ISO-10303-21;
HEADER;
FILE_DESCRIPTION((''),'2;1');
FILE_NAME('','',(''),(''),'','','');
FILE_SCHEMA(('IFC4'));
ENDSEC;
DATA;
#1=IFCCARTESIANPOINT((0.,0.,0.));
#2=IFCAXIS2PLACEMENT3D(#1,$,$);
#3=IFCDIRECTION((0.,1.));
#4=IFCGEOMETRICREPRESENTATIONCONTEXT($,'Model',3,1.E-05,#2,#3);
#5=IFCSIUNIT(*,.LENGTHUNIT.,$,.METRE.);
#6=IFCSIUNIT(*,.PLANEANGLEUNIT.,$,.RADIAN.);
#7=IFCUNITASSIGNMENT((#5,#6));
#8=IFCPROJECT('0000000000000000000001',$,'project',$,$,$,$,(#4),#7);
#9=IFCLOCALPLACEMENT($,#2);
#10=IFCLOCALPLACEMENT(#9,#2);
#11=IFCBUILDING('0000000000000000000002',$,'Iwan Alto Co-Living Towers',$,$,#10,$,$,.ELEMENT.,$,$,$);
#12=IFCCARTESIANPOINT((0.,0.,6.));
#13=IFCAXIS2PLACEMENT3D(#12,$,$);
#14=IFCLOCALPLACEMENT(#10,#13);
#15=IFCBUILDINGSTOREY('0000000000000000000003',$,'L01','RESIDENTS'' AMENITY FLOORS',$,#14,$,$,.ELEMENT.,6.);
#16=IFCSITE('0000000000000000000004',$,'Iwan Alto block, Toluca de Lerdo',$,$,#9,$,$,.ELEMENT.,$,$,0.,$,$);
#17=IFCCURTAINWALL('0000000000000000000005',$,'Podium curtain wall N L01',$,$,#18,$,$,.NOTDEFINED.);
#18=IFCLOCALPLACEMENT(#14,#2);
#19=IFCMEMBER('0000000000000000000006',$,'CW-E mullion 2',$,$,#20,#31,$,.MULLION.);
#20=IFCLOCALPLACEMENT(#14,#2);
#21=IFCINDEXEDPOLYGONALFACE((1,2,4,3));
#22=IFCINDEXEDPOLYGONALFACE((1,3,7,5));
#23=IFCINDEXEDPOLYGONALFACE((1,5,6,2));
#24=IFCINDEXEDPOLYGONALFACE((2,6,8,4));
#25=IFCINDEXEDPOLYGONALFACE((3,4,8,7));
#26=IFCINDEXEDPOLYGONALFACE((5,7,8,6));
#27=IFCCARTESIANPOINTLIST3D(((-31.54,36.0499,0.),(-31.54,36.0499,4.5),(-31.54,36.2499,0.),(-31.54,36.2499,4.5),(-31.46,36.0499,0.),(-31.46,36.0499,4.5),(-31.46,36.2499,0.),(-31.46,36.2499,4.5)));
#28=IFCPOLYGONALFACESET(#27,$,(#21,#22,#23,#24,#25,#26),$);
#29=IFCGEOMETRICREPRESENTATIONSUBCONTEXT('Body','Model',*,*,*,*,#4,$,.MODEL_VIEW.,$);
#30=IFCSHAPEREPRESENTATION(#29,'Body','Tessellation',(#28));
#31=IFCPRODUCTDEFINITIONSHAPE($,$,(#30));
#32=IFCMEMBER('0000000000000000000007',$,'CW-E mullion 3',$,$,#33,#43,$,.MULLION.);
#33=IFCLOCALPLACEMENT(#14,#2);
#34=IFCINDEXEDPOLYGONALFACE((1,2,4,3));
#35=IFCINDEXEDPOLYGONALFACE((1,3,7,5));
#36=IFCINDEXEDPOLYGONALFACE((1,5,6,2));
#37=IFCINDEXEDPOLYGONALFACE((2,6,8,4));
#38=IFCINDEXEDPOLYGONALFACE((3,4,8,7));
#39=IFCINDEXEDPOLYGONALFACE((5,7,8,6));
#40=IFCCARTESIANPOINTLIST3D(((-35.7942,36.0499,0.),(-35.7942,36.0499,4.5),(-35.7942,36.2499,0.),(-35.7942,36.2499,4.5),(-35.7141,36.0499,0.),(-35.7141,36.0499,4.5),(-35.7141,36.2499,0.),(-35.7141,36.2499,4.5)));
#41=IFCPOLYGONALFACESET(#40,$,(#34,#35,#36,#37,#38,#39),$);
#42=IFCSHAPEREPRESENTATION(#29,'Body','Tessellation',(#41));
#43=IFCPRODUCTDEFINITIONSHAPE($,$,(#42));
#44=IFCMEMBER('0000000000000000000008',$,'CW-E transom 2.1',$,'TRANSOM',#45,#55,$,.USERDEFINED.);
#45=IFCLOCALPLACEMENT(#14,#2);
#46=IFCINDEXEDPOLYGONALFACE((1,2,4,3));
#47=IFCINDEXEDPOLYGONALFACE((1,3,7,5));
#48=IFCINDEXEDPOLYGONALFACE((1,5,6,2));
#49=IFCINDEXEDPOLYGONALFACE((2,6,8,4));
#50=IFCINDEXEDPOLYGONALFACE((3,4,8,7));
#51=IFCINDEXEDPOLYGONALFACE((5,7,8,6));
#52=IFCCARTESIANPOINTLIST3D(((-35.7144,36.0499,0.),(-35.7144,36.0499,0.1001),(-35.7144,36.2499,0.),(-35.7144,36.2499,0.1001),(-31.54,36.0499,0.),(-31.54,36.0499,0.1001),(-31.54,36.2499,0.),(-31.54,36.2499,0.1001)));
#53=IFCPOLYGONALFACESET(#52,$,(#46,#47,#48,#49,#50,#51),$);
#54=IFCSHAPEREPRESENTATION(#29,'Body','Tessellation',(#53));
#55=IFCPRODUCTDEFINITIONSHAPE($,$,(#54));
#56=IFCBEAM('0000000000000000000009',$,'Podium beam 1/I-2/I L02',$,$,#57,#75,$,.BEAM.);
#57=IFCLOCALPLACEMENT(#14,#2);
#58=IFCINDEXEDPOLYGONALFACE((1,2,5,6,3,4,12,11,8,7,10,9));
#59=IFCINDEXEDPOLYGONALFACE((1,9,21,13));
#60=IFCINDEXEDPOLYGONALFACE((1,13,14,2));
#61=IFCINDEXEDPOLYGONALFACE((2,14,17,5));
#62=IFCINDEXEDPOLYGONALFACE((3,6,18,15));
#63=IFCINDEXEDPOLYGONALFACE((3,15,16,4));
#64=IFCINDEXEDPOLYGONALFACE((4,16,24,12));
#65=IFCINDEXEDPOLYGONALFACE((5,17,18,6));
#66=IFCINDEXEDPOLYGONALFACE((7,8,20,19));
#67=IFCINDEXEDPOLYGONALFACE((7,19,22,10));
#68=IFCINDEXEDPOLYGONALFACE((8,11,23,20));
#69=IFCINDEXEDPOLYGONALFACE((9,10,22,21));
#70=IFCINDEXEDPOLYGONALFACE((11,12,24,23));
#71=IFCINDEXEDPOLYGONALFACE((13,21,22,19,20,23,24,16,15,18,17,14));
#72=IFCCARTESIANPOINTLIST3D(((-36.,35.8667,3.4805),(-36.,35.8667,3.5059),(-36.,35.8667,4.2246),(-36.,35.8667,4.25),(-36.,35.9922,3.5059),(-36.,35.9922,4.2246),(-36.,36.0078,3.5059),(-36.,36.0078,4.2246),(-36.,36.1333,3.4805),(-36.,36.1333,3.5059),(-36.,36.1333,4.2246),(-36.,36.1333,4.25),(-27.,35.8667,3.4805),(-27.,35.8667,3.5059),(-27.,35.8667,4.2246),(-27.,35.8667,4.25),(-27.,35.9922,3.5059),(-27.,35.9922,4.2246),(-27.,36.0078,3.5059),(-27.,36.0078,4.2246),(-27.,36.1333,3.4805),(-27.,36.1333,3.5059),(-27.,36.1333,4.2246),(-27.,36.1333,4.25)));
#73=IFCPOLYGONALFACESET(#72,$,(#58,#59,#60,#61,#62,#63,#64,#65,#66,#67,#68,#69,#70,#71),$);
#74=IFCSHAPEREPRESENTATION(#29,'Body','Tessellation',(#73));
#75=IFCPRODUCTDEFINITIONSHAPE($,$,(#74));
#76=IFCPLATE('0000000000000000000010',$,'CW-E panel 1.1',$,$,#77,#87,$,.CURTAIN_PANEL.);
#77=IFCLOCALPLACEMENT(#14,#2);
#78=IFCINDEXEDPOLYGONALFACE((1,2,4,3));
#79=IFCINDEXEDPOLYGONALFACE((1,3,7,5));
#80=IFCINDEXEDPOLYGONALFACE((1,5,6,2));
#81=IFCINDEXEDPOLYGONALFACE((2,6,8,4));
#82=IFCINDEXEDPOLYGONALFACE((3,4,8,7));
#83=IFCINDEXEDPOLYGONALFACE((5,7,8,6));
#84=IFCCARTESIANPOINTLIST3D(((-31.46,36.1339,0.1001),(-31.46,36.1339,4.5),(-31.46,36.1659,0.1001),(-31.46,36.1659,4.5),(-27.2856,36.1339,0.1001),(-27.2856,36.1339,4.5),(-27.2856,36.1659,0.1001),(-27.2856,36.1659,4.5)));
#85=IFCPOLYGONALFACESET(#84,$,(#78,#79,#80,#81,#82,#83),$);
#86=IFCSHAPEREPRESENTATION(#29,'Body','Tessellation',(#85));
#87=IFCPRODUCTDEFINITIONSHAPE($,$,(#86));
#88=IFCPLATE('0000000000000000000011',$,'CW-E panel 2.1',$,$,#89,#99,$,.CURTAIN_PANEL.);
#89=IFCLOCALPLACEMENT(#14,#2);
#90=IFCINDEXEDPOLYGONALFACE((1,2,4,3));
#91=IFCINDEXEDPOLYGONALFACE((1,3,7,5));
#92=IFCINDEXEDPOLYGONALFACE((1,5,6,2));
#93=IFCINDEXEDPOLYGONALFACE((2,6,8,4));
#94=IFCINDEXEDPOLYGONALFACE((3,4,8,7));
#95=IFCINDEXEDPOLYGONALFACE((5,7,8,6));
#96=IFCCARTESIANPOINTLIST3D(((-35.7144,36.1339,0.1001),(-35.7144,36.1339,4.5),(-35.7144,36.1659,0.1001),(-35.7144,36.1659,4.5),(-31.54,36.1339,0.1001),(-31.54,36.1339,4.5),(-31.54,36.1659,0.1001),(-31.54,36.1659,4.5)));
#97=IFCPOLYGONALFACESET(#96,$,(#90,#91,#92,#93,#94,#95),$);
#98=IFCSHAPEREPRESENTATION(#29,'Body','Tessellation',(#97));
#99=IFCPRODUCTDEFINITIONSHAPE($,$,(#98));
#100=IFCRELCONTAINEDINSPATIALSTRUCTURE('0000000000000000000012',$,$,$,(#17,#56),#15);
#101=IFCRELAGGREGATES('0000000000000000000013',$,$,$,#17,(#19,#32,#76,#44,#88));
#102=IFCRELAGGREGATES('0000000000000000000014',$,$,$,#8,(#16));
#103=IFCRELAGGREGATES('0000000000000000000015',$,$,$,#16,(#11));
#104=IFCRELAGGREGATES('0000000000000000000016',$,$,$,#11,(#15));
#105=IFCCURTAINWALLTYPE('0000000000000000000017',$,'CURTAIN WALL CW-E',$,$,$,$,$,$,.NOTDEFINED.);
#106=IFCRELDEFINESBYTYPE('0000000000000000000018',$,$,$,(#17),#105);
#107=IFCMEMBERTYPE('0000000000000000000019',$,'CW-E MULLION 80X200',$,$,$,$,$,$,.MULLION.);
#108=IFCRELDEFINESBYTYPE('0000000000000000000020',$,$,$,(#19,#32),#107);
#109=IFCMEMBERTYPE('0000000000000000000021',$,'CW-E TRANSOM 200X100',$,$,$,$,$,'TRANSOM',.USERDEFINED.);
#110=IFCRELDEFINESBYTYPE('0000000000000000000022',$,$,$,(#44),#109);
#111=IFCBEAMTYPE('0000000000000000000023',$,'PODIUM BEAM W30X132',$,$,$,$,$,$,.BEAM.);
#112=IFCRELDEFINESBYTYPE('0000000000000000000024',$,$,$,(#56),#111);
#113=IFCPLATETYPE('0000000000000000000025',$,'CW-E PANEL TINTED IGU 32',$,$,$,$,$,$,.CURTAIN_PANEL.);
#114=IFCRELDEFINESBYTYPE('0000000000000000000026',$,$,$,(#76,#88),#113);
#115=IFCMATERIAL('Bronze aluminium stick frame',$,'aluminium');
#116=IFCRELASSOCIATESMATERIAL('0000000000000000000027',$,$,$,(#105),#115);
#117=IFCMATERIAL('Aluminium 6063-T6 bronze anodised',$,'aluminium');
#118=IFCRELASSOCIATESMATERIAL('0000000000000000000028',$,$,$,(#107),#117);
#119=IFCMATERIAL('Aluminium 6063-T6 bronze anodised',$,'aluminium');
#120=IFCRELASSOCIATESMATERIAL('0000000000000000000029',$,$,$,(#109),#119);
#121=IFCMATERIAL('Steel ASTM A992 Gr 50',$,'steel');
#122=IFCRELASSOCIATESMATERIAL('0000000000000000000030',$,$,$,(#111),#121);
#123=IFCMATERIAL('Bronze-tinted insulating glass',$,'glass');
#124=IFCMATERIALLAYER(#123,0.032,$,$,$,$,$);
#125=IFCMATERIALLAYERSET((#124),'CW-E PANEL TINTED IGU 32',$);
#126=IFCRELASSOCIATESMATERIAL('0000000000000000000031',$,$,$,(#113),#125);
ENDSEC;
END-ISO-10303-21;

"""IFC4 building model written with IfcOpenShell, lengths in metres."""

from ifc_helpers import new_model, si_unit, direction, frame, origin, origin_2d, place, context, subcontext, project, spatial, rectangle, i_section, extrude, material, layer, layer_set, material_profile, profile_set, type_object, element, aggregate, save


model = new_model("IFC4")

# Units and contexts
model_context = context("Model", 3, precision=1e-05, world=origin(), true_north=direction((0.0, 1.0)))
body_context = subcontext(model_context, "Body", "Model", "MODEL_VIEW")
ifc_project = project(units=[si_unit("LENGTHUNIT", "METRE"), si_unit("PLANEANGLEUNIT", "RADIAN")], contexts=[model_context])

# Site, building, storey
site_placement = place(None, origin())
site = spatial("IfcSite", under=ifc_project, at=site_placement, Name="Iwan Alto block, Toluca de Lerdo", CompositionType="ELEMENT", RefElevation=0.0)
building_placement = place(site_placement, origin())
building = spatial("IfcBuilding", under=site, at=building_placement, Name="Iwan Alto Co-Living Towers", CompositionType="ELEMENT")
storey_placement = place(building_placement, frame((0.0, 0.0, 6.0)))
storey = spatial("IfcBuildingStorey", under=building, at=storey_placement, Name="L01", Description="RESIDENTS' AMENITY FLOORS", CompositionType="ELEMENT", Elevation=6.0)

# Curtain wall, members
ifc_material_1 = material(Name="Bronze aluminium stick frame", Category="aluminium")
curtain_wall_type = type_object("IfcCurtainWallType", Name="CURTAIN WALL CW-E", PredefinedType="NOTDEFINED", material=ifc_material_1)
curtain_wall_placement = place(storey_placement, origin())
curtain_wall = element("IfcCurtainWall", 1, at=curtain_wall_placement, inside=storey, type_object=curtain_wall_type, Name="Podium curtain wall N L01", PredefinedType="NOTDEFINED")
ifc_material_2 = material(Name="Aluminium 6063-T6 bronze anodised", Category="aluminium")
ifc_material_profile_1 = material_profile(ifc_material_2, rectangle(XDim=0.2, YDim=0.0801, at=origin_2d()), Name="AL 80X200")
ifc_profile_set_1 = profile_set([ifc_material_profile_1], Name="Aluminium 6063-T6 bronze anodised")
member_type_1 = type_object("IfcMemberType", Name="CW-E MULLION 80X200", PredefinedType="MULLION", material=ifc_profile_set_1)
member_1_placement = place(storey_placement, frame((-31.5, 36.1499, 0.0), z_axis=(0.0, 0.0, 1.0), x_axis=(0.0, -1.0, 0.0)))
member_1 = element("IfcMember", 2, at=member_1_placement, type_object=member_type_1, Name="CW-E mullion 2", PredefinedType="MULLION", context=body_context, shape_type="SweptSolid", body=[
    extrude(rectangle(XDim=0.2, YDim=0.0801, at=origin_2d()), origin(), (0.0, 0.0, 1.0), 4.5),
])
member_2_placement = place(storey_placement, frame((-35.7542, 36.1499, 0.0), z_axis=(0.0, 0.0, 1.0), x_axis=(0.0, -1.0, 0.0)))
member_2 = element("IfcMember", 3, at=member_2_placement, type_object=member_type_1, Name="CW-E mullion 3", PredefinedType="MULLION", context=body_context, shape_type="SweptSolid", body=[
    extrude(rectangle(XDim=0.2, YDim=0.0801, at=origin_2d()), origin(), (0.0, 0.0, 1.0), 4.5),
])
ifc_material_3 = material(Name="Aluminium 6063-T6 bronze anodised", Category="aluminium")
ifc_material_profile_2 = material_profile(ifc_material_3, rectangle(XDim=0.2, YDim=0.1001, at=origin_2d()), Name="AL 200X100")
ifc_profile_set_2 = profile_set([ifc_material_profile_2], Name="Aluminium 6063-T6 bronze anodised")
member_type_2 = type_object("IfcMemberType", Name="CW-E TRANSOM 200X100", ElementType="TRANSOM", PredefinedType="USERDEFINED", material=ifc_profile_set_2)
member_3_placement = place(storey_placement, frame((-31.54, 36.1499, 0.05), z_axis=(-1.0, 0.0, 0.0), x_axis=(0.0, -1.0, 0.0)))
member_3 = element("IfcMember", 4, at=member_3_placement, type_object=member_type_2, Name="CW-E transom 2.1", ObjectType="TRANSOM", PredefinedType="USERDEFINED", context=body_context, shape_type="SweptSolid", body=[
    extrude(rectangle(XDim=0.2, YDim=0.1001, at=origin_2d()), origin(), (0.0, 0.0, 1.0), 4.1743),
])

# Beam
ifc_material_4 = material(Name="Steel ASTM A992 Gr 50", Category="steel")
ifc_material_profile_3 = material_profile(ifc_material_4, i_section(OverallWidth=0.2666, OverallDepth=0.7695, WebThickness=0.0156, FlangeThickness=0.0254, at=origin_2d()), Name="W30X132")
ifc_profile_set_3 = profile_set([ifc_material_profile_3], Name="Steel ASTM A992 Gr 50")
beam_type = type_object("IfcBeamType", Name="PODIUM BEAM W30X132", PredefinedType="BEAM", material=ifc_profile_set_3)
beam_placement = place(storey_placement, frame((-36.0, 36.0, 3.8652), z_axis=(1.0, 0.0, 0.0), x_axis=(0.0, 1.0, 0.0)))
element("IfcBeam", 5, at=beam_placement, inside=storey, type_object=beam_type, Name="Podium beam 1/I-2/I L02", PredefinedType="BEAM", context=body_context, shape_type="SweptSolid", body=[
    extrude(i_section(OverallWidth=0.2666, OverallDepth=0.7695, WebThickness=0.0156, FlangeThickness=0.0254, at=origin_2d()), origin(), (0.0, 0.0, 1.0), 9.0),
])

# Plates
ifc_material_5 = material(Name="Bronze-tinted insulating glass", Category="glass")
ifc_layer_1 = layer(ifc_material_5, 0.032)
ifc_layer_set_1 = layer_set([ifc_layer_1], Name="CW-E PANEL TINTED IGU 32")
plate_type = type_object("IfcPlateType", Name="CW-E PANEL TINTED IGU 32", PredefinedType="CURTAIN_PANEL", material=ifc_layer_set_1)
plate_1_placement = place(storey_placement, frame((-29.3728, 36.1499, 0.1001), z_axis=(0.0, 0.0, 1.0), x_axis=(-1.0, 0.0, 0.0)))
plate_1 = element("IfcPlate", 6, at=plate_1_placement, type_object=plate_type, Name="CW-E panel 1.1", PredefinedType="CURTAIN_PANEL", context=body_context, shape_type="SweptSolid", body=[
    extrude(rectangle(XDim=4.1743, YDim=0.032, at=origin_2d()), origin(), (0.0, 0.0, 1.0), 4.3999),
])
plate_2_placement = place(storey_placement, frame((-33.6272, 36.1499, 0.1001), z_axis=(0.0, 0.0, 1.0), x_axis=(-1.0, 0.0, 0.0)))
plate_2 = element("IfcPlate", 7, at=plate_2_placement, type_object=plate_type, Name="CW-E panel 2.1", PredefinedType="CURTAIN_PANEL", context=body_context, shape_type="SweptSolid", body=[
    extrude(rectangle(XDim=4.1743, YDim=0.032, at=origin_2d()), origin(), (0.0, 0.0, 1.0), 4.3999),
])
aggregate(curtain_wall, [member_1, member_2, plate_1, member_3, plate_2])

save(model, "model.ifc")
